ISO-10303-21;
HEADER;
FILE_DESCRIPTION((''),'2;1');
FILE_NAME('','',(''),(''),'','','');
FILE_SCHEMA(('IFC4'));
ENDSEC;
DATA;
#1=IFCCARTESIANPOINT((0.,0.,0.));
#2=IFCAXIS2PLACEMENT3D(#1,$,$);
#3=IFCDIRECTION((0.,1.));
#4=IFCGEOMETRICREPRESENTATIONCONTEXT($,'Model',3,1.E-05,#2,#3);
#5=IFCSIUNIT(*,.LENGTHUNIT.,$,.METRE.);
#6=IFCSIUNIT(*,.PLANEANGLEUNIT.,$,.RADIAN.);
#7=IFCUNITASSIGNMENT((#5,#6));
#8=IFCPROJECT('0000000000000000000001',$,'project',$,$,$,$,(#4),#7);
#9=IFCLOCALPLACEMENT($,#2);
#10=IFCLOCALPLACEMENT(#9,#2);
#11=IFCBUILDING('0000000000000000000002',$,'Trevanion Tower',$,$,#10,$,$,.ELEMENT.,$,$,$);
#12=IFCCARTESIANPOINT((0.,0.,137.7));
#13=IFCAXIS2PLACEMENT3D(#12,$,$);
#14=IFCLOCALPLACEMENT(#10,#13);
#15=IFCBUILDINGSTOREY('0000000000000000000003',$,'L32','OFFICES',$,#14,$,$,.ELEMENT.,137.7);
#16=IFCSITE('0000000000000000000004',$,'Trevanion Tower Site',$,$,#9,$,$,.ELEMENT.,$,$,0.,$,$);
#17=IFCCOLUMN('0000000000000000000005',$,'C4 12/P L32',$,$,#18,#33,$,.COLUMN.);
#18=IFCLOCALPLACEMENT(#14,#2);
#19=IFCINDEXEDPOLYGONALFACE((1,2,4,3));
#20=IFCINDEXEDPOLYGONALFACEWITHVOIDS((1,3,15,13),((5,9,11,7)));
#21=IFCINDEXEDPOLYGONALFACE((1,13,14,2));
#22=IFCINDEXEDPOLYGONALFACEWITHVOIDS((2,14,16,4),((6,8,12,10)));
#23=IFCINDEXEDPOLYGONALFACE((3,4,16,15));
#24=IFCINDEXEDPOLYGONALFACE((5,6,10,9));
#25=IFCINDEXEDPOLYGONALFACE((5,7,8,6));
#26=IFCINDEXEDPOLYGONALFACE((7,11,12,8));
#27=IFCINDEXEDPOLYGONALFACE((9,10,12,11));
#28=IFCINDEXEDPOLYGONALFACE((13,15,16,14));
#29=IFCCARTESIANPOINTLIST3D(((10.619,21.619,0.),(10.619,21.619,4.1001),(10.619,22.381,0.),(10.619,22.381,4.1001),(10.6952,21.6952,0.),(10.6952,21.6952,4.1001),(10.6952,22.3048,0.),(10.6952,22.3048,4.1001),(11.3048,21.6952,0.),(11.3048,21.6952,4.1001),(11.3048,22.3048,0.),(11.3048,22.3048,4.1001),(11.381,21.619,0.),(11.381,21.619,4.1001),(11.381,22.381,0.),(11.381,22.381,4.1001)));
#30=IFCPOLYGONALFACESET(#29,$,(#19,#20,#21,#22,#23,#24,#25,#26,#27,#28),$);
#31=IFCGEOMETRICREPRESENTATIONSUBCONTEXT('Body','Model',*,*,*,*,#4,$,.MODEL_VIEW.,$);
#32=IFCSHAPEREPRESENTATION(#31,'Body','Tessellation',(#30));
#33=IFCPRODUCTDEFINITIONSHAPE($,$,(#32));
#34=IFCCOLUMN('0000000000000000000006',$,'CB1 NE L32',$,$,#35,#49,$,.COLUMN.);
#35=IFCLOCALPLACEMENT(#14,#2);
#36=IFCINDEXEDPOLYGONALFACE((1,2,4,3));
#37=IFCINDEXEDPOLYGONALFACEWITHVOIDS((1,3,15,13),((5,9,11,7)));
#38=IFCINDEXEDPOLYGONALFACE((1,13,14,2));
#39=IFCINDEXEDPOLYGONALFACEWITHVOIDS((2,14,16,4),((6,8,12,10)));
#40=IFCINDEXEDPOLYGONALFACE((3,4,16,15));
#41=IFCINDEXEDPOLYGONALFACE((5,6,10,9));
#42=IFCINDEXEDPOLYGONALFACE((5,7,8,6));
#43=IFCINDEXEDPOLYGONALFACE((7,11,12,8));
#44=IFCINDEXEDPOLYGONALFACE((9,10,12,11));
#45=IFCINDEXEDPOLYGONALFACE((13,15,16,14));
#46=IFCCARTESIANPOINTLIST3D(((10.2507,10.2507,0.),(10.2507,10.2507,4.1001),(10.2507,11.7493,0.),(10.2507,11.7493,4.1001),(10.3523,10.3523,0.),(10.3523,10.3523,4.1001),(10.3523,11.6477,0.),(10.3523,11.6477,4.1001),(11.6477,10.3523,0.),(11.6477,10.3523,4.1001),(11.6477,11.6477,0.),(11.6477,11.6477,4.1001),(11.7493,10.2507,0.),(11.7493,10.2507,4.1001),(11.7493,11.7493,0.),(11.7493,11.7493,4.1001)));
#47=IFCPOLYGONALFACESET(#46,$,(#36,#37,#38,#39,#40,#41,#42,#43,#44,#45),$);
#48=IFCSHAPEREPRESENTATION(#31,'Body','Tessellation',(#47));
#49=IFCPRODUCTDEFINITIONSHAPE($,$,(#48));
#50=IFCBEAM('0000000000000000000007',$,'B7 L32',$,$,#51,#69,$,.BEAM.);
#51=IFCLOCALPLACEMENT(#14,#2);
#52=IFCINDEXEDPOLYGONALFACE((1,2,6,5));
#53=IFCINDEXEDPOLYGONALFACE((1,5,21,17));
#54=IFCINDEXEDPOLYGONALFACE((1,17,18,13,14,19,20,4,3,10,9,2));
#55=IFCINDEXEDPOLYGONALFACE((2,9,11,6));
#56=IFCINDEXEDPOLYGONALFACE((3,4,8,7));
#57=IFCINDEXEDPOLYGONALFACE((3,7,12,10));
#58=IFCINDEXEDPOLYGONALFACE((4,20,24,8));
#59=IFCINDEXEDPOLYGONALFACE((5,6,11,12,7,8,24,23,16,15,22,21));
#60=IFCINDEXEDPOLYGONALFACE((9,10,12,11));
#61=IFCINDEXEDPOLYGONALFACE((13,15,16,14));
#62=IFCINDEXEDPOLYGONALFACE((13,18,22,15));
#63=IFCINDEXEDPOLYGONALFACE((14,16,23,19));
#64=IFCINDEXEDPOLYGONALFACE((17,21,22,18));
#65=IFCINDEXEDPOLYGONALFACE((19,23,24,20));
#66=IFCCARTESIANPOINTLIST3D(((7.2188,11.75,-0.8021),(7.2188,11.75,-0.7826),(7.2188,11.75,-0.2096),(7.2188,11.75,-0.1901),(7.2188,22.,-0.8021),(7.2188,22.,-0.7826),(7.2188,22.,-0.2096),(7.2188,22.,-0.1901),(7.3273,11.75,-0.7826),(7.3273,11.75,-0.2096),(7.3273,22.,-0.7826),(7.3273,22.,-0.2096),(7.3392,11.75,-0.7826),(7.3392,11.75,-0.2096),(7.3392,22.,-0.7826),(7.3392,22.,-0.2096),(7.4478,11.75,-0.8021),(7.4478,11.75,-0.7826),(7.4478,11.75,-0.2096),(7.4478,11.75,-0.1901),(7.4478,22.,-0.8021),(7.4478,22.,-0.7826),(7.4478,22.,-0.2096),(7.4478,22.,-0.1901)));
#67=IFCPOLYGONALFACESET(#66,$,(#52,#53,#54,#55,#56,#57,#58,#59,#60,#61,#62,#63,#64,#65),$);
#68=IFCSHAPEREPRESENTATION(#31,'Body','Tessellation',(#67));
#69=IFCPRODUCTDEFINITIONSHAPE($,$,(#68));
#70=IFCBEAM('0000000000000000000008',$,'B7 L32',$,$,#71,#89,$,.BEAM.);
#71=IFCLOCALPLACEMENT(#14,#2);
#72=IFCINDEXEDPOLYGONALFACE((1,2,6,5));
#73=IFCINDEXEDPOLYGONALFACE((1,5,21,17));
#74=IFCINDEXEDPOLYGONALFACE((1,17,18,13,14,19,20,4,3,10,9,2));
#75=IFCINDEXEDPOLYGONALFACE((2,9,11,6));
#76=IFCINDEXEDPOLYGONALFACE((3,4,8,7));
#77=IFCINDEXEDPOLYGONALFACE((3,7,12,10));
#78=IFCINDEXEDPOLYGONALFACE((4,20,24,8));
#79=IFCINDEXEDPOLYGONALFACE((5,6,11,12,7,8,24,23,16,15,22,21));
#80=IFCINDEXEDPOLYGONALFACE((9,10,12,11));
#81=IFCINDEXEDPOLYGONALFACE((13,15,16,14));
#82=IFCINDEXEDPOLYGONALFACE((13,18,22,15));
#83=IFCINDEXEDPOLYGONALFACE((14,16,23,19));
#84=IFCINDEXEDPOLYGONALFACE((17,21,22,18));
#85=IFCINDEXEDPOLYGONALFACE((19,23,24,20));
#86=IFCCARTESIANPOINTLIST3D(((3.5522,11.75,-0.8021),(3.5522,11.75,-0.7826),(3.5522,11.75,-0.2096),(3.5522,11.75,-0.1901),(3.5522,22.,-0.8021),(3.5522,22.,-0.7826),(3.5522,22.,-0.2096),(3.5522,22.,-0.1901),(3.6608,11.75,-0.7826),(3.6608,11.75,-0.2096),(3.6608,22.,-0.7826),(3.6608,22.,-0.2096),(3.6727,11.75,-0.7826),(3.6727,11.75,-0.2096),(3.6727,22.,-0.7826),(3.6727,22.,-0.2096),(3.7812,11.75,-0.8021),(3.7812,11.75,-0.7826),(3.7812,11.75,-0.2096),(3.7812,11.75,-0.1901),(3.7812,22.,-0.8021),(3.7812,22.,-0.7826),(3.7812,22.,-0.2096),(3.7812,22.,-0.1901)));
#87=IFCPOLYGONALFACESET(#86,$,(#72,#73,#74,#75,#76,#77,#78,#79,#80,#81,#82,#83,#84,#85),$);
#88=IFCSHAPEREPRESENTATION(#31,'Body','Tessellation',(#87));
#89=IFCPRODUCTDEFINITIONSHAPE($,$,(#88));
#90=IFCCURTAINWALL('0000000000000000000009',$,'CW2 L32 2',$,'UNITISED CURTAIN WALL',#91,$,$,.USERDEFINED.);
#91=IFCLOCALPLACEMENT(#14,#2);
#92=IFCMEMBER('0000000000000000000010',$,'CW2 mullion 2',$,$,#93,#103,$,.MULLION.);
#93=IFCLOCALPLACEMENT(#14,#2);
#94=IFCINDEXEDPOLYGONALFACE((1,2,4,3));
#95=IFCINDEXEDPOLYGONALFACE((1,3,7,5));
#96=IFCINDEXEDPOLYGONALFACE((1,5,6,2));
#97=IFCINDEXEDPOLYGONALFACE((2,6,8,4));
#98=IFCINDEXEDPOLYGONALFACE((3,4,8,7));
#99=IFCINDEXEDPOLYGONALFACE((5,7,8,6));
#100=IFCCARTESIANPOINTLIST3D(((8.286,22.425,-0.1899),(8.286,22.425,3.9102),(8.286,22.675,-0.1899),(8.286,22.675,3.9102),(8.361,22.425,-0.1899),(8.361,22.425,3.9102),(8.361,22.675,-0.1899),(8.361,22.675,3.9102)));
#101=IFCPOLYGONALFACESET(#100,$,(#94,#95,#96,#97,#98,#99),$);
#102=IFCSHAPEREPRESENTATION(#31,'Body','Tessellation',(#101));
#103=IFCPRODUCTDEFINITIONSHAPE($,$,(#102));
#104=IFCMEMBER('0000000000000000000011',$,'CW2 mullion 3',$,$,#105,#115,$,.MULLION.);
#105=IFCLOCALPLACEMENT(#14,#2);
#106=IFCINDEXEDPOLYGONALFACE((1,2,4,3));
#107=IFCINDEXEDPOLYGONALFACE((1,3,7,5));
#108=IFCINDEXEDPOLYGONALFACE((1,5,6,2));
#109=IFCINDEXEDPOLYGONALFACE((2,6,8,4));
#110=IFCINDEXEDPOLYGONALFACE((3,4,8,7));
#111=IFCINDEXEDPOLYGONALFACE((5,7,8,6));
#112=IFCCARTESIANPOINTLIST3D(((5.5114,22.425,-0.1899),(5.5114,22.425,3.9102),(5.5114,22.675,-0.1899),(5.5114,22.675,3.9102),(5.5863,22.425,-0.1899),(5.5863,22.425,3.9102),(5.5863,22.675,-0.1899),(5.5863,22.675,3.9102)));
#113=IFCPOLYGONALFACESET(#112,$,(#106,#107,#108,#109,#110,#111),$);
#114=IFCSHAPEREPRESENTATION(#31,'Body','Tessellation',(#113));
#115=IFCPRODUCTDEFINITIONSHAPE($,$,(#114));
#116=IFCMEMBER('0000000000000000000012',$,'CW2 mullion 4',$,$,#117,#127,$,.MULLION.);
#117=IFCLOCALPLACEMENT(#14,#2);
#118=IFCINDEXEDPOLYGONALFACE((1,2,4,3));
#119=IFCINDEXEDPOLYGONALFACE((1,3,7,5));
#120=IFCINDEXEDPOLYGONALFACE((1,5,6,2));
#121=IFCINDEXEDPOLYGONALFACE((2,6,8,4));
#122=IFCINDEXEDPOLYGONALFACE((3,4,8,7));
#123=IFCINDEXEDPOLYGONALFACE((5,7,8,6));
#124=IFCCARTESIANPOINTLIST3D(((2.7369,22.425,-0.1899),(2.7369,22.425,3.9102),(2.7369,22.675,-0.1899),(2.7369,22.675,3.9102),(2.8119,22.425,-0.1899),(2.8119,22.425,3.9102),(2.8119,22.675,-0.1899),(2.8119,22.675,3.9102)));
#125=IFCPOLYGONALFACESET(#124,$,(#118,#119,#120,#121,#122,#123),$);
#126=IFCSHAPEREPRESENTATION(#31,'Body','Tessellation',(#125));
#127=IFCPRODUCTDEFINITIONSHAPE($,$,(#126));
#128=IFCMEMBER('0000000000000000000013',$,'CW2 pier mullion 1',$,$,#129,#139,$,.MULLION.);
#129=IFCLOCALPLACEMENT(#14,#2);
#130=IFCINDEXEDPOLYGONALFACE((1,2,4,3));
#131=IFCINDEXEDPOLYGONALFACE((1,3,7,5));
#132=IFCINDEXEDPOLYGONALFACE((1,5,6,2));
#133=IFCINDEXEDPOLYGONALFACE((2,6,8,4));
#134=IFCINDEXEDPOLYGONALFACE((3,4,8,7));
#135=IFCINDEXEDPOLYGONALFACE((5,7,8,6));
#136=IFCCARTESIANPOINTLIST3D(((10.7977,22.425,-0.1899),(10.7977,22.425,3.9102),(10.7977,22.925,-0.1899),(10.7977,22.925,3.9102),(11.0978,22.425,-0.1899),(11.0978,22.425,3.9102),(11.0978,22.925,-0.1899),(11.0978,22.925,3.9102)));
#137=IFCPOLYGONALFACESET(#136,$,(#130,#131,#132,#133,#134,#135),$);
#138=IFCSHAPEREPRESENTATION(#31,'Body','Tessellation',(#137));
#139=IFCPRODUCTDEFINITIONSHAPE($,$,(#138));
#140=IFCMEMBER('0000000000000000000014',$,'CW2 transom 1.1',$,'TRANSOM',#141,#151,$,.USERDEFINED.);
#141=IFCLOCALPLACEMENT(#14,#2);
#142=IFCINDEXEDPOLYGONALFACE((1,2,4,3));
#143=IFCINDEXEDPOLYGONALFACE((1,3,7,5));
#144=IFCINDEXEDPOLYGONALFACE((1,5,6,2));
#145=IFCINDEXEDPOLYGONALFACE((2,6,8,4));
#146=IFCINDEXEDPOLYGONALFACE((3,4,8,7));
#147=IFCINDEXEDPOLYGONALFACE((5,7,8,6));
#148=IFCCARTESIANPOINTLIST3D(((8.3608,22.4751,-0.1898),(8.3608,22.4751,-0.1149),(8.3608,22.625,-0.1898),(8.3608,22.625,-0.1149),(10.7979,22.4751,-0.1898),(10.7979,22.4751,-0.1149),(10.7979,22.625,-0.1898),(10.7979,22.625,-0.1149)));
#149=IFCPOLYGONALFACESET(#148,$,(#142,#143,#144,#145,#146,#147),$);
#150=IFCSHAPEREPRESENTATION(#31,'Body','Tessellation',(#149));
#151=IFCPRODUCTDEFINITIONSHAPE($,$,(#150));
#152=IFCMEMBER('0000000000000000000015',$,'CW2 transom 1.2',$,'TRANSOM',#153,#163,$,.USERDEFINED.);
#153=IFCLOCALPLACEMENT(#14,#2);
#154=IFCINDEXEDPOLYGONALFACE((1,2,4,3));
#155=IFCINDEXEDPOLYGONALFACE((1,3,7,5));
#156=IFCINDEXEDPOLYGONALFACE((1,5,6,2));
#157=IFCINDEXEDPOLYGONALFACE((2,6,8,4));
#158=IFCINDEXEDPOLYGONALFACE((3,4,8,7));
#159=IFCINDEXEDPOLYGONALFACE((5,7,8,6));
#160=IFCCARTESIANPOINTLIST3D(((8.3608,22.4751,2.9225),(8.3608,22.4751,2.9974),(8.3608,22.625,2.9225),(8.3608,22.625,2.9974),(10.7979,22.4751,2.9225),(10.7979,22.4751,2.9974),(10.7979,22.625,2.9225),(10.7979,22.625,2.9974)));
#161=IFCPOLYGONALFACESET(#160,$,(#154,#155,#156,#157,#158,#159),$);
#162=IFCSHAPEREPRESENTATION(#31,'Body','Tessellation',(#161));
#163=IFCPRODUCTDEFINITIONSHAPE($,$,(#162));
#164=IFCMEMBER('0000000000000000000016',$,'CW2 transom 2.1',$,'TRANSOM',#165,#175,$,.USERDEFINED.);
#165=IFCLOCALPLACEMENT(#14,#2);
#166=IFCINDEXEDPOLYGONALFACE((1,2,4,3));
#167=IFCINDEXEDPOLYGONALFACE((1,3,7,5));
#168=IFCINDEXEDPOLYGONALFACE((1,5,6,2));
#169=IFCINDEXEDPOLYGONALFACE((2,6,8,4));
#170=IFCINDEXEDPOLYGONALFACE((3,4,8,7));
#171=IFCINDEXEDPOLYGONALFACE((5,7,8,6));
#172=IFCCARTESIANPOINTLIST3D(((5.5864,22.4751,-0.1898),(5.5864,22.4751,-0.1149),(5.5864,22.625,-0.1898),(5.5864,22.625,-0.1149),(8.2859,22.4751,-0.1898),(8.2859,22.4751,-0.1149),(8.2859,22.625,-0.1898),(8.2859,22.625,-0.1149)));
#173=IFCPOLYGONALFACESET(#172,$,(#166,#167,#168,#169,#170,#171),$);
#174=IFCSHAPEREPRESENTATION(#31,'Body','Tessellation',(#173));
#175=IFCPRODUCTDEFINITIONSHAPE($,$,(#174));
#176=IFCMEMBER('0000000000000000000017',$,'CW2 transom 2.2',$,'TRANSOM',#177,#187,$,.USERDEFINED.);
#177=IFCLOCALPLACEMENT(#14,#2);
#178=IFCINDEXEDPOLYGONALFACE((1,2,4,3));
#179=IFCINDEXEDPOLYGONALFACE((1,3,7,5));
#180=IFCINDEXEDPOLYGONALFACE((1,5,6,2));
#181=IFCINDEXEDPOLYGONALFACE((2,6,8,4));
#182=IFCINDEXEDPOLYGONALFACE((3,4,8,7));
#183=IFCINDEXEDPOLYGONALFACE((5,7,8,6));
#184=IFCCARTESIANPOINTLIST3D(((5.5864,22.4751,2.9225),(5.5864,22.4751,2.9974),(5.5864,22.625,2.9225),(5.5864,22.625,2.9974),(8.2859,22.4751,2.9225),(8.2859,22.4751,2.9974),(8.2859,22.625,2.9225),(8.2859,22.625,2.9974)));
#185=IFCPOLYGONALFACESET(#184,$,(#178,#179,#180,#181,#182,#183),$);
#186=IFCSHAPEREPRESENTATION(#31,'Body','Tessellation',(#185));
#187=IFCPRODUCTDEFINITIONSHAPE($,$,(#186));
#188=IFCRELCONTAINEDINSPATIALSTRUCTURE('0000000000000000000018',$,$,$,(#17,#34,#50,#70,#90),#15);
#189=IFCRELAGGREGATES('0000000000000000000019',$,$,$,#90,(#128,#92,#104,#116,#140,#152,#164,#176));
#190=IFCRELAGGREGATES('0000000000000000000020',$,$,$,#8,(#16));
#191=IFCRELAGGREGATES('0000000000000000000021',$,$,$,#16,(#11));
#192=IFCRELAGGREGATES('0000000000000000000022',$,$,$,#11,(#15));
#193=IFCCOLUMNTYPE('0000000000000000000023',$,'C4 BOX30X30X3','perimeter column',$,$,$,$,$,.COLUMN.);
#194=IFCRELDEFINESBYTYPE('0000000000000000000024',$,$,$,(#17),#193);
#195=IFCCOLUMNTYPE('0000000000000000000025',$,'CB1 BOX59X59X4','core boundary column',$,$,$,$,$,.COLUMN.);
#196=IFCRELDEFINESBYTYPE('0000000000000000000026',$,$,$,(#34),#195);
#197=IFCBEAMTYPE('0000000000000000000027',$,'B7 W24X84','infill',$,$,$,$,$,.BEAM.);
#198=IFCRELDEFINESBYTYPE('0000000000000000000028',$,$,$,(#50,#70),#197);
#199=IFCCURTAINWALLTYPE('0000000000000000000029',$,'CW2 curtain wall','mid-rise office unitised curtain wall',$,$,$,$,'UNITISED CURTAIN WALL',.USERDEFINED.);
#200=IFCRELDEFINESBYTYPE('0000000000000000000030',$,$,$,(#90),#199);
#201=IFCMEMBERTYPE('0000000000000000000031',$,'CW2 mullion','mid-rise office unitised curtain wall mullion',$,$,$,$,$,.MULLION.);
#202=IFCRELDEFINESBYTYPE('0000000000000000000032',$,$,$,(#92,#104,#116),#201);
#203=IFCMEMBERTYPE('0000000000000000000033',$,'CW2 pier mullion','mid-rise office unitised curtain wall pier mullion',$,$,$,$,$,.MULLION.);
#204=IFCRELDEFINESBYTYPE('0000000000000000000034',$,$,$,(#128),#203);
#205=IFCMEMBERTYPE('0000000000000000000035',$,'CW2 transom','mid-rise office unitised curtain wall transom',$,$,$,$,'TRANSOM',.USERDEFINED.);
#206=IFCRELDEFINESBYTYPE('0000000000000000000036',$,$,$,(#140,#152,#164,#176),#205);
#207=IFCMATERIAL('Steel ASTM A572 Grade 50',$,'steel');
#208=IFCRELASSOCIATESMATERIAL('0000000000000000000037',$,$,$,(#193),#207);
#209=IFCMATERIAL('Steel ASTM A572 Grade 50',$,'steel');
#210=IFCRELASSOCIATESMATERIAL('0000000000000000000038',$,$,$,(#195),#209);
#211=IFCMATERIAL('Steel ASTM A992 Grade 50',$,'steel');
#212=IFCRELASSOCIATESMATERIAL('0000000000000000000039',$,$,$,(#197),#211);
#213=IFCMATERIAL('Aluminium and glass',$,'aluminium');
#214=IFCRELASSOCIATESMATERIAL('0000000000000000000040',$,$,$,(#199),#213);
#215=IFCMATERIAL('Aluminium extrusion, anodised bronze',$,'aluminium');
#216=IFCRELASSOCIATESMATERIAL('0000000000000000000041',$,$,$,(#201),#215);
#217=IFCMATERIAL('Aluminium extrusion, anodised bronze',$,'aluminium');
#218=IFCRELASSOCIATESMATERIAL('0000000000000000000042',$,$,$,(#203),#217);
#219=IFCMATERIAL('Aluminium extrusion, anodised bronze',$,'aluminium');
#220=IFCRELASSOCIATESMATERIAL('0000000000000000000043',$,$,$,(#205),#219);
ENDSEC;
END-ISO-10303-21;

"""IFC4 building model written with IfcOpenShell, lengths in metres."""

from ifc_helpers import new_model, si_unit, direction, frame, origin, origin_2d, place, context, subcontext, project, spatial, rectangle, hollow_rectangle, i_section, extrude, material, material_profile, profile_set, type_object, element, aggregate, save


model = new_model("IFC4")

# Units and contexts
model_context = context("Model", 3, precision=1e-05, world=origin(), true_north=direction((0.0, 1.0)))
body_context = subcontext(model_context, "Body", "Model", "MODEL_VIEW")
ifc_project = project(units=[si_unit("LENGTHUNIT", "METRE"), si_unit("PLANEANGLEUNIT", "RADIAN")], contexts=[model_context])

# Site, building, storey
site_placement = place(None, origin())
site = spatial("IfcSite", under=ifc_project, at=site_placement, Name="Trevanion Tower Site", CompositionType="ELEMENT", RefElevation=0.0)
building_placement = place(site_placement, origin())
building = spatial("IfcBuilding", under=site, at=building_placement, Name="Trevanion Tower", CompositionType="ELEMENT")
storey_placement = place(building_placement, frame((0.0, 0.0, 137.7)))
storey = spatial("IfcBuildingStorey", under=building, at=storey_placement, Name="L32", Description="OFFICES", CompositionType="ELEMENT", Elevation=137.7)

# Columns
ifc_material_1 = material(Name="Steel ASTM A572 Grade 50", Category="steel")
ifc_material_profile_1 = material_profile(ifc_material_1, hollow_rectangle(XDim=0.762, YDim=0.762, WallThickness=0.0762, at=origin_2d()), Name="BOX30X30X3")
ifc_profile_set_1 = profile_set([ifc_material_profile_1], Name="Steel ASTM A572 Grade 50")
column_type_1 = type_object("IfcColumnType", Name="C4 BOX30X30X3", Description="perimeter column", PredefinedType="COLUMN", material=ifc_profile_set_1)
column_1_placement = place(storey_placement, frame((11.0, 22.0, 0.0), z_axis=(0.0, 0.0, 1.0), x_axis=(1.0, 0.0, 0.0)))
element("IfcColumn", 1, at=column_1_placement, inside=storey, type_object=column_type_1, Name="C4 12/P L32", PredefinedType="COLUMN", context=body_context, shape_type="SweptSolid", body=[
    extrude(hollow_rectangle(XDim=0.762, YDim=0.762, WallThickness=0.0762, at=origin_2d()), origin(), (0.0, 0.0, 1.0), 4.1001),
])
ifc_material_2 = material(Name="Steel ASTM A572 Grade 50", Category="steel")
ifc_material_profile_2 = material_profile(ifc_material_2, hollow_rectangle(XDim=1.4985, YDim=1.4985, WallThickness=0.1016, at=origin_2d()), Name="BOX59X59X4")
ifc_profile_set_2 = profile_set([ifc_material_profile_2], Name="Steel ASTM A572 Grade 50")
column_type_2 = type_object("IfcColumnType", Name="CB1 BOX59X59X4", Description="core boundary column", PredefinedType="COLUMN", material=ifc_profile_set_2)
column_2_placement = place(storey_placement, frame((11.0, 11.0, 0.0), z_axis=(0.0, 0.0, 1.0), x_axis=(1.0, 0.0, 0.0)))
element("IfcColumn", 2, at=column_2_placement, inside=storey, type_object=column_type_2, Name="CB1 NE L32", PredefinedType="COLUMN", context=body_context, shape_type="SweptSolid", body=[
    extrude(hollow_rectangle(XDim=1.4985, YDim=1.4985, WallThickness=0.1016, at=origin_2d()), origin(), (0.0, 0.0, 1.0), 4.1001),
])

# Beams
ifc_material_3 = material(Name="Steel ASTM A992 Grade 50", Category="steel")
ifc_material_profile_3 = material_profile(ifc_material_3, i_section(OverallWidth=0.229, OverallDepth=0.6121, WebThickness=0.012, FlangeThickness=0.0195, at=origin_2d()), Name="W24X84")
ifc_profile_set_3 = profile_set([ifc_material_profile_3], Name="Steel ASTM A992 Grade 50")
beam_type_1 = type_object("IfcBeamType", Name="B7 W24X84", Description="infill", PredefinedType="BEAM", material=ifc_profile_set_3)
for number, where, z_axis, x_axis, name in (
    (3, (7.3333, 11.75, -0.4961), (0.0, 1.0, 0.0), (-1.0, 0.0, 0.0), "B7 L32"),
    (4, (3.6667, 11.75, -0.4961), (0.0, 1.0, 0.0), (-1.0, 0.0, 0.0), "B7 L32"),
):
    element("IfcBeam", number, at=place(storey_placement, frame(where, z_axis=z_axis, x_axis=x_axis)), inside=storey, type_object=beam_type_1, Name=name, PredefinedType="BEAM", context=body_context, shape_type="SweptSolid", body=[
        extrude(i_section(OverallWidth=0.229, OverallDepth=0.6121, WebThickness=0.012, FlangeThickness=0.0195, at=origin_2d()), origin(), (0.0, 0.0, 1.0), 10.25),
    ])

# Curtain wall, members
ifc_material_4 = material(Name="Aluminium and glass", Category="aluminium")
curtain_wall_type = type_object("IfcCurtainWallType", Name="CW2 curtain wall", Description="mid-rise office unitised curtain wall", ElementType="UNITISED CURTAIN WALL", PredefinedType="USERDEFINED", material=ifc_material_4)
curtain_wall_placement = place(storey_placement, origin())
curtain_wall = element("IfcCurtainWall", 5, at=curtain_wall_placement, inside=storey, type_object=curtain_wall_type, Name="CW2 L32 2", ObjectType="UNITISED CURTAIN WALL", PredefinedType="USERDEFINED")
ifc_material_5 = material(Name="Aluminium extrusion, anodised bronze", Category="aluminium")
ifc_material_profile_4 = material_profile(ifc_material_5, rectangle(XDim=0.075, YDim=0.25, at=origin_2d()), Name="CW2 mullion")
ifc_profile_set_4 = profile_set([ifc_material_profile_4], Name="Aluminium extrusion, anodised bronze")
member_type_1 = type_object("IfcMemberType", Name="CW2 mullion", Description="mid-rise office unitised curtain wall mullion", PredefinedType="MULLION", material=ifc_profile_set_4)
member_1_placement = place(storey_placement, frame((8.3235, 22.55, -0.1899), z_axis=(0.0, 0.0, 1.0), x_axis=(-1.0, 0.0, 0.0)))
member_1 = element("IfcMember", 6, at=member_1_placement, type_object=member_type_1, Name="CW2 mullion 2", PredefinedType="MULLION", context=body_context, shape_type="SweptSolid", body=[
    extrude(rectangle(XDim=0.075, YDim=0.25, at=origin_2d()), origin(), (0.0, 0.0, 1.0), 4.1001),
])
member_2_placement = place(storey_placement, frame((5.5488, 22.55, -0.1899), z_axis=(0.0, 0.0, 1.0), x_axis=(-1.0, 0.0, 0.0)))
member_2 = element("IfcMember", 7, at=member_2_placement, type_object=member_type_1, Name="CW2 mullion 3", PredefinedType="MULLION", context=body_context, shape_type="SweptSolid", body=[
    extrude(rectangle(XDim=0.075, YDim=0.25, at=origin_2d()), origin(), (0.0, 0.0, 1.0), 4.1001),
])
member_3_placement = place(storey_placement, frame((2.7744, 22.55, -0.1899), z_axis=(0.0, 0.0, 1.0), x_axis=(-1.0, 0.0, 0.0)))
member_3 = element("IfcMember", 8, at=member_3_placement, type_object=member_type_1, Name="CW2 mullion 4", PredefinedType="MULLION", context=body_context, shape_type="SweptSolid", body=[
    extrude(rectangle(XDim=0.075, YDim=0.25, at=origin_2d()), origin(), (0.0, 0.0, 1.0), 4.1001),
])
ifc_material_6 = material(Name="Aluminium extrusion, anodised bronze", Category="aluminium")
ifc_material_profile_5 = material_profile(ifc_material_6, rectangle(XDim=0.3, YDim=0.5, at=origin_2d()), Name="CW2 pier mullion")
ifc_profile_set_5 = profile_set([ifc_material_profile_5], Name="Aluminium extrusion, anodised bronze")
member_type_2 = type_object("IfcMemberType", Name="CW2 pier mullion", Description="mid-rise office unitised curtain wall pier mullion", PredefinedType="MULLION", material=ifc_profile_set_5)
member_4_placement = place(storey_placement, frame((10.9478, 22.675, -0.1899), z_axis=(0.0, 0.0, 1.0), x_axis=(-1.0, 0.0, 0.0)))
member_4 = element("IfcMember", 9, at=member_4_placement, type_object=member_type_2, Name="CW2 pier mullion 1", PredefinedType="MULLION", context=body_context, shape_type="SweptSolid", body=[
    extrude(rectangle(XDim=0.3, YDim=0.5, at=origin_2d()), origin(), (0.0, 0.0, 1.0), 4.1001),
])
ifc_material_7 = material(Name="Aluminium extrusion, anodised bronze", Category="aluminium")
ifc_material_profile_6 = material_profile(ifc_material_7, rectangle(XDim=0.1499, YDim=0.075, at=origin_2d()), Name="CW2 transom")
ifc_profile_set_6 = profile_set([ifc_material_profile_6], Name="Aluminium extrusion, anodised bronze")
member_type_3 = type_object("IfcMemberType", Name="CW2 transom", Description="mid-rise office unitised curtain wall transom", ElementType="TRANSOM", PredefinedType="USERDEFINED", material=ifc_profile_set_6)
member_5_placement = place(storey_placement, frame((10.7979, 22.55, -0.1523), z_axis=(-1.0, 0.0, 0.0), x_axis=(0.0, -1.0, 0.0)))
member_5 = element("IfcMember", 10, at=member_5_placement, type_object=member_type_3, Name="CW2 transom 1.1", ObjectType="TRANSOM", PredefinedType="USERDEFINED", context=body_context, shape_type="SweptSolid", body=[
    extrude(rectangle(XDim=0.1499, YDim=0.075, at=origin_2d()), origin(), (0.0, 0.0, 1.0), 2.437),
])
member_6_placement = place(storey_placement, frame((10.7979, 22.55, 2.96), z_axis=(-1.0, 0.0, 0.0), x_axis=(0.0, -1.0, 0.0)))
member_6 = element("IfcMember", 11, at=member_6_placement, type_object=member_type_3, Name="CW2 transom 1.2", ObjectType="TRANSOM", PredefinedType="USERDEFINED", context=body_context, shape_type="SweptSolid", body=[
    extrude(rectangle(XDim=0.1499, YDim=0.075, at=origin_2d()), origin(), (0.0, 0.0, 1.0), 2.437),
])
member_7_placement = place(storey_placement, frame((8.2859, 22.55, -0.1523), z_axis=(-1.0, 0.0, 0.0), x_axis=(0.0, -1.0, 0.0)))
member_7 = element("IfcMember", 12, at=member_7_placement, type_object=member_type_3, Name="CW2 transom 2.1", ObjectType="TRANSOM", PredefinedType="USERDEFINED", context=body_context, shape_type="SweptSolid", body=[
    extrude(rectangle(XDim=0.1499, YDim=0.075, at=origin_2d()), origin(), (0.0, 0.0, 1.0), 2.6995),
])
member_8_placement = place(storey_placement, frame((8.2859, 22.55, 2.96), z_axis=(-1.0, 0.0, 0.0), x_axis=(0.0, -1.0, 0.0)))
member_8 = element("IfcMember", 13, at=member_8_placement, type_object=member_type_3, Name="CW2 transom 2.2", ObjectType="TRANSOM", PredefinedType="USERDEFINED", context=body_context, shape_type="SweptSolid", body=[
    extrude(rectangle(XDim=0.1499, YDim=0.075, at=origin_2d()), origin(), (0.0, 0.0, 1.0), 2.6995),
])

aggregate(curtain_wall, [member_4, member_1, member_2, member_3, member_5, member_6, member_7, member_8])

save(model, "model.ifc")
